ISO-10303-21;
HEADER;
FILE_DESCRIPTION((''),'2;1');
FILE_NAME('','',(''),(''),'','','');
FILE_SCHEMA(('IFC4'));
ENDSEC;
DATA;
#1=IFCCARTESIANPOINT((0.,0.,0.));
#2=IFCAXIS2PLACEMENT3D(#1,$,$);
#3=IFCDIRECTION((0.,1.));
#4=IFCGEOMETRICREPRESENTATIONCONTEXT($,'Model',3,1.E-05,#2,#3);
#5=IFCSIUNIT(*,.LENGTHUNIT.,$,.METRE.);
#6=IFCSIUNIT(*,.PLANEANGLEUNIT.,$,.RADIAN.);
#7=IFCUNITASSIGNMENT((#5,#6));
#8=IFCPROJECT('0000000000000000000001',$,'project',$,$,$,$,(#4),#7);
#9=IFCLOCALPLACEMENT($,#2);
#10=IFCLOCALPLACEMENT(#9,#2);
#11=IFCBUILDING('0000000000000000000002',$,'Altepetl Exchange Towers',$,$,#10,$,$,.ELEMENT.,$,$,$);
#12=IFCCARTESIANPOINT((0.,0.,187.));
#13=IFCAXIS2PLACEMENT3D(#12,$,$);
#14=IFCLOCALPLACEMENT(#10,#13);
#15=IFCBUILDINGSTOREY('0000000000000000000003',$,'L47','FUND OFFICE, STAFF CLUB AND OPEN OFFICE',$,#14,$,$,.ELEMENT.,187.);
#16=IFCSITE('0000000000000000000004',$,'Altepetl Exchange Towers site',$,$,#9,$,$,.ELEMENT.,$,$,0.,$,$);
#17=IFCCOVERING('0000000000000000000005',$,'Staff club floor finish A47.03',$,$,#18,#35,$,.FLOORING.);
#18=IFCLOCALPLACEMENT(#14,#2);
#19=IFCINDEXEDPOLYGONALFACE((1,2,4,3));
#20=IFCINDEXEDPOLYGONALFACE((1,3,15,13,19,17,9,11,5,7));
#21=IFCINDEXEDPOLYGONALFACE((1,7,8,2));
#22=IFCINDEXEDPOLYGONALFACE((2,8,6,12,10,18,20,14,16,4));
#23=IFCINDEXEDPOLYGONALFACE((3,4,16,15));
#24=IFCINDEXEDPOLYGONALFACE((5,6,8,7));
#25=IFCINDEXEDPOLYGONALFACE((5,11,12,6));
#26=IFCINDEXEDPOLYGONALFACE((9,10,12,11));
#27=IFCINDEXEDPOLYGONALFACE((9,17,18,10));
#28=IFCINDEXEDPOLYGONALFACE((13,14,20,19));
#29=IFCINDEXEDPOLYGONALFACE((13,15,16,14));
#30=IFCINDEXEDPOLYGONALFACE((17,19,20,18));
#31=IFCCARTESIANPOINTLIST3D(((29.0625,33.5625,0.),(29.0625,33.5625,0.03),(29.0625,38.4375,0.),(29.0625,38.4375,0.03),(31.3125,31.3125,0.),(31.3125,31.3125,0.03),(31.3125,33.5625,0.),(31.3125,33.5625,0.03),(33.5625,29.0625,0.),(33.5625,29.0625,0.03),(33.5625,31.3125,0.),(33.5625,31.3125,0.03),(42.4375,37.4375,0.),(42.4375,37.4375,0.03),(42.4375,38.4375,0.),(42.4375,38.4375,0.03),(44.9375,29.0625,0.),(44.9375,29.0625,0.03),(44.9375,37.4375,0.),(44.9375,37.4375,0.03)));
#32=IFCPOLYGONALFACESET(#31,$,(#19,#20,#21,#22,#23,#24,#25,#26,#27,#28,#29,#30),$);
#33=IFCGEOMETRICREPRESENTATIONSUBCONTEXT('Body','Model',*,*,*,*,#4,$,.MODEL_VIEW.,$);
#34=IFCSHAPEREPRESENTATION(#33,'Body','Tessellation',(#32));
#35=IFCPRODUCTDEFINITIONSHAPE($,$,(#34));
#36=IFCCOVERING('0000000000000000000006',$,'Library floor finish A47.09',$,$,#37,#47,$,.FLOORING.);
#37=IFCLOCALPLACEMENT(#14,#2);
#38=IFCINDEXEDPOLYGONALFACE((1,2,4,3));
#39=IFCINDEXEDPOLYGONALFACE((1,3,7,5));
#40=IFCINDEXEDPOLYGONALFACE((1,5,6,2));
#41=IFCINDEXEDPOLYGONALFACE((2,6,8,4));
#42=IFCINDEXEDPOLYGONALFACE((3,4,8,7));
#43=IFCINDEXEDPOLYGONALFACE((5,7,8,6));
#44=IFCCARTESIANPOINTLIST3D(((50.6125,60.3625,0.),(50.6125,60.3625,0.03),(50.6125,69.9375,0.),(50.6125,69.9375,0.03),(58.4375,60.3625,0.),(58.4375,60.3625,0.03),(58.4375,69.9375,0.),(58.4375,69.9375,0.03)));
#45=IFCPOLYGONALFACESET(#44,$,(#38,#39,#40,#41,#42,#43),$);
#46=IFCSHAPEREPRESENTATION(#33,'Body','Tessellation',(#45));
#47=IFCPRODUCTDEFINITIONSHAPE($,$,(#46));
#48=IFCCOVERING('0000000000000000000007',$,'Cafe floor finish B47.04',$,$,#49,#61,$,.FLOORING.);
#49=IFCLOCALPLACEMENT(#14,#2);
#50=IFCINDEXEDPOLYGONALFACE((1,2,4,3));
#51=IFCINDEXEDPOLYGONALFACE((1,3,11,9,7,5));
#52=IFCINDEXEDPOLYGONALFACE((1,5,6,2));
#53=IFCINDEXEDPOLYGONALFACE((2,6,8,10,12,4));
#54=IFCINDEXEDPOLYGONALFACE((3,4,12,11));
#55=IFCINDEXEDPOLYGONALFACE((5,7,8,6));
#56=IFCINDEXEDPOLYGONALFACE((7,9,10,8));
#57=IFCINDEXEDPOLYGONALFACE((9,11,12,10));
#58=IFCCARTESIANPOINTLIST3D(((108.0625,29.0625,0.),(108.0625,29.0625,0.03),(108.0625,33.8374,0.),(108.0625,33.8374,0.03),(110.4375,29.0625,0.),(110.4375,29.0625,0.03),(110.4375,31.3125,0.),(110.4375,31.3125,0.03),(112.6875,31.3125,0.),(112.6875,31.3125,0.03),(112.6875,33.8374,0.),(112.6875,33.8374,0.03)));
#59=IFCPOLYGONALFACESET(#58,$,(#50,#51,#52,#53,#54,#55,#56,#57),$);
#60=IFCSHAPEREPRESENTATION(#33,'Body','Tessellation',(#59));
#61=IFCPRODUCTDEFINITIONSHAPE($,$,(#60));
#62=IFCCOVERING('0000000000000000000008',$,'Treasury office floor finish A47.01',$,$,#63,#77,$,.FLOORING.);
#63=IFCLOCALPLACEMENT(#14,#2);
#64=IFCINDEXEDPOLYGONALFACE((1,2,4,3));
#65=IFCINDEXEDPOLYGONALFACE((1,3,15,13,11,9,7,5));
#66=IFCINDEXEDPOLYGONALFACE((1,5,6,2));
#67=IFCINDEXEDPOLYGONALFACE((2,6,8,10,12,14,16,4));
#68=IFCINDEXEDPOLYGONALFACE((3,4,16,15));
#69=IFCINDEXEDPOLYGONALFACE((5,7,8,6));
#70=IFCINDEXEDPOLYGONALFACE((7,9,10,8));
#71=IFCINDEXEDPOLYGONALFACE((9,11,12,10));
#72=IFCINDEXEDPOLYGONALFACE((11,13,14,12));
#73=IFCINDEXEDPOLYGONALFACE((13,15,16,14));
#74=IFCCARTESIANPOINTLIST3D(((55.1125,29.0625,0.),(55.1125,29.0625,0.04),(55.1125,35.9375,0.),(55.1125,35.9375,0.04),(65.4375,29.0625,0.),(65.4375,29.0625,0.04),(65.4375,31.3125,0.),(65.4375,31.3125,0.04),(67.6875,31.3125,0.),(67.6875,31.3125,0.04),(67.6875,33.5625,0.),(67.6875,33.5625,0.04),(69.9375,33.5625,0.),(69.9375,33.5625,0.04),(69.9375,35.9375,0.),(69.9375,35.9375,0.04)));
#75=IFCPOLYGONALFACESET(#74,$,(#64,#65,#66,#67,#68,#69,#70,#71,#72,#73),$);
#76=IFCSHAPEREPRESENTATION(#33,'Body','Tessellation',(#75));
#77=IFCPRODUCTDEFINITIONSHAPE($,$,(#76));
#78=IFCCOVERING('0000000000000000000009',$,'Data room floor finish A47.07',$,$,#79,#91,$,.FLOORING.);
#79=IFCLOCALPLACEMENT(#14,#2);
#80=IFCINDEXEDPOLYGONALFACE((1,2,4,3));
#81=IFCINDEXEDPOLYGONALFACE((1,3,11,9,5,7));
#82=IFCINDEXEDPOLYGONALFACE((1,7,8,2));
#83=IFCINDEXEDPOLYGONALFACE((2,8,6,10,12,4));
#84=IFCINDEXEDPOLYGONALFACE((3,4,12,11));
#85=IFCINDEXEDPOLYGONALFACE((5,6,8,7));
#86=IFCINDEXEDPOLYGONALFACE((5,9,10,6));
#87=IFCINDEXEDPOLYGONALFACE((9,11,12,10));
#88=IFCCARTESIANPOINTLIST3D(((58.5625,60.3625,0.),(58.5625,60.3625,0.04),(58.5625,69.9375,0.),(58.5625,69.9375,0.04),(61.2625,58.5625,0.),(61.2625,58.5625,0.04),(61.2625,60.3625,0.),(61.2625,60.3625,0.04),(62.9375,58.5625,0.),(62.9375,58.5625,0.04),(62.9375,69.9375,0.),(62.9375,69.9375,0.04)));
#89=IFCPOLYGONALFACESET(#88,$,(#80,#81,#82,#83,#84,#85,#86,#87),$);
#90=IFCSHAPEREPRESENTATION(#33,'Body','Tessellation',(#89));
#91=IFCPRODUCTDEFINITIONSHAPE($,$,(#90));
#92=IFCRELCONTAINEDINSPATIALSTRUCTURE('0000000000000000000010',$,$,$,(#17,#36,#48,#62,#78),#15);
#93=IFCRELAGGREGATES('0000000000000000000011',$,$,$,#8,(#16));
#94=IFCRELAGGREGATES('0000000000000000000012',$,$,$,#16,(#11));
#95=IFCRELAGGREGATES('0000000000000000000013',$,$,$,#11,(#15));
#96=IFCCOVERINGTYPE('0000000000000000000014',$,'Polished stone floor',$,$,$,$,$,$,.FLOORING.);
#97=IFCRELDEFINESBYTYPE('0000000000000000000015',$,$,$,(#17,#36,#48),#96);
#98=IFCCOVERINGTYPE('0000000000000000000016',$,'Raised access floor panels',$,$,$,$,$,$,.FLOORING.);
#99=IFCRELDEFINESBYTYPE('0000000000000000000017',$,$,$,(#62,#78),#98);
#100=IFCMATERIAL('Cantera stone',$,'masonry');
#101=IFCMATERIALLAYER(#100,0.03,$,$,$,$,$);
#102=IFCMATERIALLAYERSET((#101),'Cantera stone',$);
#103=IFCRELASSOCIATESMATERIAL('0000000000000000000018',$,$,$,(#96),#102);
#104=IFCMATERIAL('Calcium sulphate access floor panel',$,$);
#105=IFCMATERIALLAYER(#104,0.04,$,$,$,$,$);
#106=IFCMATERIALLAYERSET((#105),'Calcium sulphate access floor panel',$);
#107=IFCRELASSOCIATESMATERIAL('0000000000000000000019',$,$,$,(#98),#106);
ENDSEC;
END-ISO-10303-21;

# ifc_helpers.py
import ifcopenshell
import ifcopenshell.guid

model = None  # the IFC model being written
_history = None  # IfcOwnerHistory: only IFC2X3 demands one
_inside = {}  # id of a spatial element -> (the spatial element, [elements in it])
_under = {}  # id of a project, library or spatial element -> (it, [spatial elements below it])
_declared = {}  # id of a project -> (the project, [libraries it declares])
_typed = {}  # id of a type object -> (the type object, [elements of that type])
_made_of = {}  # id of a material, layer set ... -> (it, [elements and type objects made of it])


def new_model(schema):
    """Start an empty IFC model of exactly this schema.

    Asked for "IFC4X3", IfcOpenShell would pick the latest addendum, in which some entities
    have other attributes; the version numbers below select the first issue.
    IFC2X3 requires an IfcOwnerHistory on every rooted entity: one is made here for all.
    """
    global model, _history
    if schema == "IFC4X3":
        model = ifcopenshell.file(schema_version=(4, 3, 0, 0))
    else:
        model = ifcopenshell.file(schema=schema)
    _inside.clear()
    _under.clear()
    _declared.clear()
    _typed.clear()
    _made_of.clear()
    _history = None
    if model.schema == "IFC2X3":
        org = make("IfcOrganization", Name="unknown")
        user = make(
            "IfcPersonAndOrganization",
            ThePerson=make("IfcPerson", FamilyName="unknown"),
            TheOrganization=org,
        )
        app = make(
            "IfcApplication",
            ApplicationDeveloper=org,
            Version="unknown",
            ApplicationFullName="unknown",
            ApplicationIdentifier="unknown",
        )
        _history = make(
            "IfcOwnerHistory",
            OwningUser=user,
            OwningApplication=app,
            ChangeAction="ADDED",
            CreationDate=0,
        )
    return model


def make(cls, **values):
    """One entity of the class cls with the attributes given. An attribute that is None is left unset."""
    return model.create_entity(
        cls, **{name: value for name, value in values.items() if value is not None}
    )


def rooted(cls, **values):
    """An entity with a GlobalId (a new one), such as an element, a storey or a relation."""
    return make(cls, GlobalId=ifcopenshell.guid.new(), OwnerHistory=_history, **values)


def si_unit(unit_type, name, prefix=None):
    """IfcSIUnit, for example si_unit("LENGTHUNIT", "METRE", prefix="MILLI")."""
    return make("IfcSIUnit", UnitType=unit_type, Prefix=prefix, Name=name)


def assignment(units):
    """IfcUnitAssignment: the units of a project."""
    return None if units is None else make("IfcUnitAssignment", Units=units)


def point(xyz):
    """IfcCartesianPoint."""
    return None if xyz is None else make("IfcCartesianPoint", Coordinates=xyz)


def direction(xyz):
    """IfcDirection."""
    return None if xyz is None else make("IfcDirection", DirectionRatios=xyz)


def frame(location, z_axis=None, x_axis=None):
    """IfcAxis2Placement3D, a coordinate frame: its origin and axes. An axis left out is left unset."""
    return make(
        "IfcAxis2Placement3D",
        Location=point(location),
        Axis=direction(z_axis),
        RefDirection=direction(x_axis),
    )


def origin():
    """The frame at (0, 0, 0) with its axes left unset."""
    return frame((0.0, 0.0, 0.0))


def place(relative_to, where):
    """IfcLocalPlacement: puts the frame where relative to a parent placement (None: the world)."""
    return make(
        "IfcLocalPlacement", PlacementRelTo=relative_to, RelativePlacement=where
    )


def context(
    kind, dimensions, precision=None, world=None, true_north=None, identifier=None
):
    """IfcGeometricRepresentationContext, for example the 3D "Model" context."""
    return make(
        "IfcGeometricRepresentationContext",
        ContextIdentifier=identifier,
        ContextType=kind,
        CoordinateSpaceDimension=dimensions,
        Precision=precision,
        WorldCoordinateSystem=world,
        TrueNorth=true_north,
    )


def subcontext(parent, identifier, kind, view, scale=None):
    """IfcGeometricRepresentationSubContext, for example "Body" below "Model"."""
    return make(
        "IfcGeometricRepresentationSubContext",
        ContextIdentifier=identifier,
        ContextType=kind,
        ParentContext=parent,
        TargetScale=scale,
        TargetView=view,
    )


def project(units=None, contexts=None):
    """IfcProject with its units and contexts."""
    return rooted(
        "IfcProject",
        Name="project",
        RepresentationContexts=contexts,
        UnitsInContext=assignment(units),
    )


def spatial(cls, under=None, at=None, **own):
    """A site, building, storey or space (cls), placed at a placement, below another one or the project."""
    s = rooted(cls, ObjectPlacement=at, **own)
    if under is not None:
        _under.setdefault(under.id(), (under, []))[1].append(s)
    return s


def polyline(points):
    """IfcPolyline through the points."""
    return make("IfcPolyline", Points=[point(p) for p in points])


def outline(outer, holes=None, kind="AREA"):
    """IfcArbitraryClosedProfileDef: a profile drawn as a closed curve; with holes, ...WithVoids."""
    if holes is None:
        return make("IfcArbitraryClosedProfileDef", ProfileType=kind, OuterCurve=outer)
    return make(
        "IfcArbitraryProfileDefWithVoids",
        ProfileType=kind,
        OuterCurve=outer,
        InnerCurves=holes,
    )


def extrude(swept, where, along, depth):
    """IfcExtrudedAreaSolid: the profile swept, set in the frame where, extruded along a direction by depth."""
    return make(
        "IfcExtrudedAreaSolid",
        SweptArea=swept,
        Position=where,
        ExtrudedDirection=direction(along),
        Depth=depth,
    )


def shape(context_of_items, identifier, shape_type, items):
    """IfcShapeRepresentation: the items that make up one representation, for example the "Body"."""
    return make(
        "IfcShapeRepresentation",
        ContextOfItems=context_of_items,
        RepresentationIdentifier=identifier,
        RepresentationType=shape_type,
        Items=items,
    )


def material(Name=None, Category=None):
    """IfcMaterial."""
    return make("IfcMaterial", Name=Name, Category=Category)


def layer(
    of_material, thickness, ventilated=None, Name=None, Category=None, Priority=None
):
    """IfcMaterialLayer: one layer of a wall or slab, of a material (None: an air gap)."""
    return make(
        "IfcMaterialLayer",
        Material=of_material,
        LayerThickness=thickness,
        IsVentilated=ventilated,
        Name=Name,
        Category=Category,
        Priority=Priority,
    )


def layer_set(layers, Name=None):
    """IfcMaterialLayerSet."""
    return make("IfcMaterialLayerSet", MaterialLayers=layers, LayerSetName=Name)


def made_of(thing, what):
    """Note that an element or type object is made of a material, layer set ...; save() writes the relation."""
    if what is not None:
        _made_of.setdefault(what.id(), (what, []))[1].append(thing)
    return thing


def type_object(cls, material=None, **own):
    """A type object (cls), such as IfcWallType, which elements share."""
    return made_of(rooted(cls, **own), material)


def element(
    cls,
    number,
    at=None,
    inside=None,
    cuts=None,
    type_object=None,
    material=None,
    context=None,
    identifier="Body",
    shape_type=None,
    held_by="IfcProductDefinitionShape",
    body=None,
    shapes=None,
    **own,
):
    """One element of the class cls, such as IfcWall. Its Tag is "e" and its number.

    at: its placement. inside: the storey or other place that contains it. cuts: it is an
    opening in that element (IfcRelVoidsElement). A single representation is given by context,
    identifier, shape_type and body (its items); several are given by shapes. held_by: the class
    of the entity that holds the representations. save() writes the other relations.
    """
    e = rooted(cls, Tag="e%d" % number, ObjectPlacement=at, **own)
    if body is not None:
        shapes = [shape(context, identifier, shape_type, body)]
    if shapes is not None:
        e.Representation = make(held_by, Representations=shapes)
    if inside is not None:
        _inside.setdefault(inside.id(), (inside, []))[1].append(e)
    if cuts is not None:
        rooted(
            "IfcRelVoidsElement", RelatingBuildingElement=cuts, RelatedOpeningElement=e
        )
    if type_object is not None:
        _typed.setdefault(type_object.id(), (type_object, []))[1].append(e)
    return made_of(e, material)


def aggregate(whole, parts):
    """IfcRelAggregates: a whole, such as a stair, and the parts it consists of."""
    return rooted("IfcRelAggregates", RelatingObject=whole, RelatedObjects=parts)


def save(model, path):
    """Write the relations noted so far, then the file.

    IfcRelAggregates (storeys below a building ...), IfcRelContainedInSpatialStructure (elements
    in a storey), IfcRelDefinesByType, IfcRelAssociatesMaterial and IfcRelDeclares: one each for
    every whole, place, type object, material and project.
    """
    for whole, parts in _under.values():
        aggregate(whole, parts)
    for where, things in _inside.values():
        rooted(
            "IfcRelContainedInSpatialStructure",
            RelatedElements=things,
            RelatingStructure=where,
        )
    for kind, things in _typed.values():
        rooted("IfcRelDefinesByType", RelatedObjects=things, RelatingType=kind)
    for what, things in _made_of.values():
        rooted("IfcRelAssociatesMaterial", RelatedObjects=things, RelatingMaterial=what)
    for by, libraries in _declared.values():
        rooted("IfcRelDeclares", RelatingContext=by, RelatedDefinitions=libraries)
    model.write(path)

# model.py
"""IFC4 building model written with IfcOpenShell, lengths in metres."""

from ifc_helpers import new_model, si_unit, direction, frame, origin, place, context, subcontext, project, spatial, polyline, outline, extrude, material, layer, layer_set, type_object, element, save


model = new_model("IFC4")

# Units and contexts
model_context = context("Model", 3, precision=1e-05, world=origin(), true_north=direction((0.0, 1.0)))
body_context = subcontext(model_context, "Body", "Model", "MODEL_VIEW")
ifc_project = project(units=[si_unit("LENGTHUNIT", "METRE"), si_unit("PLANEANGLEUNIT", "RADIAN")], contexts=[model_context])

# Site, building, storey
site_placement = place(None, origin())
site = spatial("IfcSite", under=ifc_project, at=site_placement, Name="Altepetl Exchange Towers site", CompositionType="ELEMENT", RefElevation=0.0)
building_placement = place(site_placement, origin())
building = spatial("IfcBuilding", under=site, at=building_placement, Name="Altepetl Exchange Towers", CompositionType="ELEMENT")
storey_placement = place(building_placement, frame((0.0, 0.0, 187.0)))
storey = spatial("IfcBuildingStorey", under=building, at=storey_placement, Name="L47", Description="FUND OFFICE, STAFF CLUB AND OPEN OFFICE", CompositionType="ELEMENT", Elevation=187.0)

# Coverings
ifc_material_1 = material(Name="Cantera stone", Category="masonry")
ifc_layer_1 = layer(ifc_material_1, 0.03)
ifc_layer_set_1 = layer_set([ifc_layer_1], Name="Cantera stone")
covering_type_1 = type_object("IfcCoveringType", Name="Polished stone floor", PredefinedType="FLOORING", material=ifc_layer_set_1)
covering_1_placement = place(storey_placement, origin())
element("IfcCovering", 1, at=covering_1_placement, inside=storey, type_object=covering_type_1, Name="Staff club floor finish A47.03", PredefinedType="FLOORING", context=body_context, shape_type="SweptSolid", body=[
    extrude(outline(polyline([(44.9375, 37.4375), (42.4375, 37.4375), (42.4375, 38.4375), (29.0625, 38.4375), (29.0625, 33.5625), (31.3125, 33.5625), (31.3125, 31.3125), (33.5625, 31.3125), (33.5625, 29.0625), (44.9375, 29.0625), (44.9375, 37.4375)])), origin(), (0.0, 0.0, 1.0), 0.03),
])
covering_2_placement = place(storey_placement, origin())
element("IfcCovering", 2, at=covering_2_placement, inside=storey, type_object=covering_type_1, Name="Library floor finish A47.09", PredefinedType="FLOORING", context=body_context, shape_type="SweptSolid", body=[
    extrude(outline(polyline([(58.4375, 60.3625), (58.4375, 69.9375), (50.6125, 69.9375), (50.6125, 60.3625), (58.4375, 60.3625)])), origin(), (0.0, 0.0, 1.0), 0.03),
])
covering_3_placement = place(storey_placement, origin())
element("IfcCovering", 3, at=covering_3_placement, inside=storey, type_object=covering_type_1, Name="Cafe floor finish B47.04", PredefinedType="FLOORING", context=body_context, shape_type="SweptSolid", body=[
    extrude(outline(polyline([(108.0625, 33.8374), (108.0625, 29.0625), (110.4375, 29.0625), (110.4375, 31.3125), (112.6875, 31.3125), (112.6875, 33.8374), (108.0625, 33.8374)])), origin(), (0.0, 0.0, 1.0), 0.03),
])
ifc_material_2 = material(Name="Calcium sulphate access floor panel")
ifc_layer_2 = layer(ifc_material_2, 0.04)
ifc_layer_set_2 = layer_set([ifc_layer_2], Name="Calcium sulphate access floor panel")
covering_type_2 = type_object("IfcCoveringType", Name="Raised access floor panels", PredefinedType="FLOORING", material=ifc_layer_set_2)
covering_4_placement = place(storey_placement, origin())
element("IfcCovering", 4, at=covering_4_placement, inside=storey, type_object=covering_type_2, Name="Treasury office floor finish A47.01", PredefinedType="FLOORING", context=body_context, shape_type="SweptSolid", body=[
    extrude(outline(polyline([(67.6875, 31.3125), (67.6875, 33.5625), (69.9375, 33.5625), (69.9375, 35.9375), (55.1125, 35.9375), (55.1125, 29.0625), (65.4375, 29.0625), (65.4375, 31.3125), (67.6875, 31.3125)])), origin(), (0.0, 0.0, 1.0), 0.04),
])
covering_5_placement = place(storey_placement, origin())
element("IfcCovering", 5, at=covering_5_placement, inside=storey, type_object=covering_type_2, Name="Data room floor finish A47.07", PredefinedType="FLOORING", context=body_context, shape_type="SweptSolid", body=[
    extrude(outline(polyline([(61.2625, 58.5625), (62.9375, 58.5625), (62.9375, 69.9375), (58.5625, 69.9375), (58.5625, 60.3625), (61.2625, 60.3625), (61.2625, 58.5625)])), origin(), (0.0, 0.0, 1.0), 0.04),
])

save(model, "model.ifc")
